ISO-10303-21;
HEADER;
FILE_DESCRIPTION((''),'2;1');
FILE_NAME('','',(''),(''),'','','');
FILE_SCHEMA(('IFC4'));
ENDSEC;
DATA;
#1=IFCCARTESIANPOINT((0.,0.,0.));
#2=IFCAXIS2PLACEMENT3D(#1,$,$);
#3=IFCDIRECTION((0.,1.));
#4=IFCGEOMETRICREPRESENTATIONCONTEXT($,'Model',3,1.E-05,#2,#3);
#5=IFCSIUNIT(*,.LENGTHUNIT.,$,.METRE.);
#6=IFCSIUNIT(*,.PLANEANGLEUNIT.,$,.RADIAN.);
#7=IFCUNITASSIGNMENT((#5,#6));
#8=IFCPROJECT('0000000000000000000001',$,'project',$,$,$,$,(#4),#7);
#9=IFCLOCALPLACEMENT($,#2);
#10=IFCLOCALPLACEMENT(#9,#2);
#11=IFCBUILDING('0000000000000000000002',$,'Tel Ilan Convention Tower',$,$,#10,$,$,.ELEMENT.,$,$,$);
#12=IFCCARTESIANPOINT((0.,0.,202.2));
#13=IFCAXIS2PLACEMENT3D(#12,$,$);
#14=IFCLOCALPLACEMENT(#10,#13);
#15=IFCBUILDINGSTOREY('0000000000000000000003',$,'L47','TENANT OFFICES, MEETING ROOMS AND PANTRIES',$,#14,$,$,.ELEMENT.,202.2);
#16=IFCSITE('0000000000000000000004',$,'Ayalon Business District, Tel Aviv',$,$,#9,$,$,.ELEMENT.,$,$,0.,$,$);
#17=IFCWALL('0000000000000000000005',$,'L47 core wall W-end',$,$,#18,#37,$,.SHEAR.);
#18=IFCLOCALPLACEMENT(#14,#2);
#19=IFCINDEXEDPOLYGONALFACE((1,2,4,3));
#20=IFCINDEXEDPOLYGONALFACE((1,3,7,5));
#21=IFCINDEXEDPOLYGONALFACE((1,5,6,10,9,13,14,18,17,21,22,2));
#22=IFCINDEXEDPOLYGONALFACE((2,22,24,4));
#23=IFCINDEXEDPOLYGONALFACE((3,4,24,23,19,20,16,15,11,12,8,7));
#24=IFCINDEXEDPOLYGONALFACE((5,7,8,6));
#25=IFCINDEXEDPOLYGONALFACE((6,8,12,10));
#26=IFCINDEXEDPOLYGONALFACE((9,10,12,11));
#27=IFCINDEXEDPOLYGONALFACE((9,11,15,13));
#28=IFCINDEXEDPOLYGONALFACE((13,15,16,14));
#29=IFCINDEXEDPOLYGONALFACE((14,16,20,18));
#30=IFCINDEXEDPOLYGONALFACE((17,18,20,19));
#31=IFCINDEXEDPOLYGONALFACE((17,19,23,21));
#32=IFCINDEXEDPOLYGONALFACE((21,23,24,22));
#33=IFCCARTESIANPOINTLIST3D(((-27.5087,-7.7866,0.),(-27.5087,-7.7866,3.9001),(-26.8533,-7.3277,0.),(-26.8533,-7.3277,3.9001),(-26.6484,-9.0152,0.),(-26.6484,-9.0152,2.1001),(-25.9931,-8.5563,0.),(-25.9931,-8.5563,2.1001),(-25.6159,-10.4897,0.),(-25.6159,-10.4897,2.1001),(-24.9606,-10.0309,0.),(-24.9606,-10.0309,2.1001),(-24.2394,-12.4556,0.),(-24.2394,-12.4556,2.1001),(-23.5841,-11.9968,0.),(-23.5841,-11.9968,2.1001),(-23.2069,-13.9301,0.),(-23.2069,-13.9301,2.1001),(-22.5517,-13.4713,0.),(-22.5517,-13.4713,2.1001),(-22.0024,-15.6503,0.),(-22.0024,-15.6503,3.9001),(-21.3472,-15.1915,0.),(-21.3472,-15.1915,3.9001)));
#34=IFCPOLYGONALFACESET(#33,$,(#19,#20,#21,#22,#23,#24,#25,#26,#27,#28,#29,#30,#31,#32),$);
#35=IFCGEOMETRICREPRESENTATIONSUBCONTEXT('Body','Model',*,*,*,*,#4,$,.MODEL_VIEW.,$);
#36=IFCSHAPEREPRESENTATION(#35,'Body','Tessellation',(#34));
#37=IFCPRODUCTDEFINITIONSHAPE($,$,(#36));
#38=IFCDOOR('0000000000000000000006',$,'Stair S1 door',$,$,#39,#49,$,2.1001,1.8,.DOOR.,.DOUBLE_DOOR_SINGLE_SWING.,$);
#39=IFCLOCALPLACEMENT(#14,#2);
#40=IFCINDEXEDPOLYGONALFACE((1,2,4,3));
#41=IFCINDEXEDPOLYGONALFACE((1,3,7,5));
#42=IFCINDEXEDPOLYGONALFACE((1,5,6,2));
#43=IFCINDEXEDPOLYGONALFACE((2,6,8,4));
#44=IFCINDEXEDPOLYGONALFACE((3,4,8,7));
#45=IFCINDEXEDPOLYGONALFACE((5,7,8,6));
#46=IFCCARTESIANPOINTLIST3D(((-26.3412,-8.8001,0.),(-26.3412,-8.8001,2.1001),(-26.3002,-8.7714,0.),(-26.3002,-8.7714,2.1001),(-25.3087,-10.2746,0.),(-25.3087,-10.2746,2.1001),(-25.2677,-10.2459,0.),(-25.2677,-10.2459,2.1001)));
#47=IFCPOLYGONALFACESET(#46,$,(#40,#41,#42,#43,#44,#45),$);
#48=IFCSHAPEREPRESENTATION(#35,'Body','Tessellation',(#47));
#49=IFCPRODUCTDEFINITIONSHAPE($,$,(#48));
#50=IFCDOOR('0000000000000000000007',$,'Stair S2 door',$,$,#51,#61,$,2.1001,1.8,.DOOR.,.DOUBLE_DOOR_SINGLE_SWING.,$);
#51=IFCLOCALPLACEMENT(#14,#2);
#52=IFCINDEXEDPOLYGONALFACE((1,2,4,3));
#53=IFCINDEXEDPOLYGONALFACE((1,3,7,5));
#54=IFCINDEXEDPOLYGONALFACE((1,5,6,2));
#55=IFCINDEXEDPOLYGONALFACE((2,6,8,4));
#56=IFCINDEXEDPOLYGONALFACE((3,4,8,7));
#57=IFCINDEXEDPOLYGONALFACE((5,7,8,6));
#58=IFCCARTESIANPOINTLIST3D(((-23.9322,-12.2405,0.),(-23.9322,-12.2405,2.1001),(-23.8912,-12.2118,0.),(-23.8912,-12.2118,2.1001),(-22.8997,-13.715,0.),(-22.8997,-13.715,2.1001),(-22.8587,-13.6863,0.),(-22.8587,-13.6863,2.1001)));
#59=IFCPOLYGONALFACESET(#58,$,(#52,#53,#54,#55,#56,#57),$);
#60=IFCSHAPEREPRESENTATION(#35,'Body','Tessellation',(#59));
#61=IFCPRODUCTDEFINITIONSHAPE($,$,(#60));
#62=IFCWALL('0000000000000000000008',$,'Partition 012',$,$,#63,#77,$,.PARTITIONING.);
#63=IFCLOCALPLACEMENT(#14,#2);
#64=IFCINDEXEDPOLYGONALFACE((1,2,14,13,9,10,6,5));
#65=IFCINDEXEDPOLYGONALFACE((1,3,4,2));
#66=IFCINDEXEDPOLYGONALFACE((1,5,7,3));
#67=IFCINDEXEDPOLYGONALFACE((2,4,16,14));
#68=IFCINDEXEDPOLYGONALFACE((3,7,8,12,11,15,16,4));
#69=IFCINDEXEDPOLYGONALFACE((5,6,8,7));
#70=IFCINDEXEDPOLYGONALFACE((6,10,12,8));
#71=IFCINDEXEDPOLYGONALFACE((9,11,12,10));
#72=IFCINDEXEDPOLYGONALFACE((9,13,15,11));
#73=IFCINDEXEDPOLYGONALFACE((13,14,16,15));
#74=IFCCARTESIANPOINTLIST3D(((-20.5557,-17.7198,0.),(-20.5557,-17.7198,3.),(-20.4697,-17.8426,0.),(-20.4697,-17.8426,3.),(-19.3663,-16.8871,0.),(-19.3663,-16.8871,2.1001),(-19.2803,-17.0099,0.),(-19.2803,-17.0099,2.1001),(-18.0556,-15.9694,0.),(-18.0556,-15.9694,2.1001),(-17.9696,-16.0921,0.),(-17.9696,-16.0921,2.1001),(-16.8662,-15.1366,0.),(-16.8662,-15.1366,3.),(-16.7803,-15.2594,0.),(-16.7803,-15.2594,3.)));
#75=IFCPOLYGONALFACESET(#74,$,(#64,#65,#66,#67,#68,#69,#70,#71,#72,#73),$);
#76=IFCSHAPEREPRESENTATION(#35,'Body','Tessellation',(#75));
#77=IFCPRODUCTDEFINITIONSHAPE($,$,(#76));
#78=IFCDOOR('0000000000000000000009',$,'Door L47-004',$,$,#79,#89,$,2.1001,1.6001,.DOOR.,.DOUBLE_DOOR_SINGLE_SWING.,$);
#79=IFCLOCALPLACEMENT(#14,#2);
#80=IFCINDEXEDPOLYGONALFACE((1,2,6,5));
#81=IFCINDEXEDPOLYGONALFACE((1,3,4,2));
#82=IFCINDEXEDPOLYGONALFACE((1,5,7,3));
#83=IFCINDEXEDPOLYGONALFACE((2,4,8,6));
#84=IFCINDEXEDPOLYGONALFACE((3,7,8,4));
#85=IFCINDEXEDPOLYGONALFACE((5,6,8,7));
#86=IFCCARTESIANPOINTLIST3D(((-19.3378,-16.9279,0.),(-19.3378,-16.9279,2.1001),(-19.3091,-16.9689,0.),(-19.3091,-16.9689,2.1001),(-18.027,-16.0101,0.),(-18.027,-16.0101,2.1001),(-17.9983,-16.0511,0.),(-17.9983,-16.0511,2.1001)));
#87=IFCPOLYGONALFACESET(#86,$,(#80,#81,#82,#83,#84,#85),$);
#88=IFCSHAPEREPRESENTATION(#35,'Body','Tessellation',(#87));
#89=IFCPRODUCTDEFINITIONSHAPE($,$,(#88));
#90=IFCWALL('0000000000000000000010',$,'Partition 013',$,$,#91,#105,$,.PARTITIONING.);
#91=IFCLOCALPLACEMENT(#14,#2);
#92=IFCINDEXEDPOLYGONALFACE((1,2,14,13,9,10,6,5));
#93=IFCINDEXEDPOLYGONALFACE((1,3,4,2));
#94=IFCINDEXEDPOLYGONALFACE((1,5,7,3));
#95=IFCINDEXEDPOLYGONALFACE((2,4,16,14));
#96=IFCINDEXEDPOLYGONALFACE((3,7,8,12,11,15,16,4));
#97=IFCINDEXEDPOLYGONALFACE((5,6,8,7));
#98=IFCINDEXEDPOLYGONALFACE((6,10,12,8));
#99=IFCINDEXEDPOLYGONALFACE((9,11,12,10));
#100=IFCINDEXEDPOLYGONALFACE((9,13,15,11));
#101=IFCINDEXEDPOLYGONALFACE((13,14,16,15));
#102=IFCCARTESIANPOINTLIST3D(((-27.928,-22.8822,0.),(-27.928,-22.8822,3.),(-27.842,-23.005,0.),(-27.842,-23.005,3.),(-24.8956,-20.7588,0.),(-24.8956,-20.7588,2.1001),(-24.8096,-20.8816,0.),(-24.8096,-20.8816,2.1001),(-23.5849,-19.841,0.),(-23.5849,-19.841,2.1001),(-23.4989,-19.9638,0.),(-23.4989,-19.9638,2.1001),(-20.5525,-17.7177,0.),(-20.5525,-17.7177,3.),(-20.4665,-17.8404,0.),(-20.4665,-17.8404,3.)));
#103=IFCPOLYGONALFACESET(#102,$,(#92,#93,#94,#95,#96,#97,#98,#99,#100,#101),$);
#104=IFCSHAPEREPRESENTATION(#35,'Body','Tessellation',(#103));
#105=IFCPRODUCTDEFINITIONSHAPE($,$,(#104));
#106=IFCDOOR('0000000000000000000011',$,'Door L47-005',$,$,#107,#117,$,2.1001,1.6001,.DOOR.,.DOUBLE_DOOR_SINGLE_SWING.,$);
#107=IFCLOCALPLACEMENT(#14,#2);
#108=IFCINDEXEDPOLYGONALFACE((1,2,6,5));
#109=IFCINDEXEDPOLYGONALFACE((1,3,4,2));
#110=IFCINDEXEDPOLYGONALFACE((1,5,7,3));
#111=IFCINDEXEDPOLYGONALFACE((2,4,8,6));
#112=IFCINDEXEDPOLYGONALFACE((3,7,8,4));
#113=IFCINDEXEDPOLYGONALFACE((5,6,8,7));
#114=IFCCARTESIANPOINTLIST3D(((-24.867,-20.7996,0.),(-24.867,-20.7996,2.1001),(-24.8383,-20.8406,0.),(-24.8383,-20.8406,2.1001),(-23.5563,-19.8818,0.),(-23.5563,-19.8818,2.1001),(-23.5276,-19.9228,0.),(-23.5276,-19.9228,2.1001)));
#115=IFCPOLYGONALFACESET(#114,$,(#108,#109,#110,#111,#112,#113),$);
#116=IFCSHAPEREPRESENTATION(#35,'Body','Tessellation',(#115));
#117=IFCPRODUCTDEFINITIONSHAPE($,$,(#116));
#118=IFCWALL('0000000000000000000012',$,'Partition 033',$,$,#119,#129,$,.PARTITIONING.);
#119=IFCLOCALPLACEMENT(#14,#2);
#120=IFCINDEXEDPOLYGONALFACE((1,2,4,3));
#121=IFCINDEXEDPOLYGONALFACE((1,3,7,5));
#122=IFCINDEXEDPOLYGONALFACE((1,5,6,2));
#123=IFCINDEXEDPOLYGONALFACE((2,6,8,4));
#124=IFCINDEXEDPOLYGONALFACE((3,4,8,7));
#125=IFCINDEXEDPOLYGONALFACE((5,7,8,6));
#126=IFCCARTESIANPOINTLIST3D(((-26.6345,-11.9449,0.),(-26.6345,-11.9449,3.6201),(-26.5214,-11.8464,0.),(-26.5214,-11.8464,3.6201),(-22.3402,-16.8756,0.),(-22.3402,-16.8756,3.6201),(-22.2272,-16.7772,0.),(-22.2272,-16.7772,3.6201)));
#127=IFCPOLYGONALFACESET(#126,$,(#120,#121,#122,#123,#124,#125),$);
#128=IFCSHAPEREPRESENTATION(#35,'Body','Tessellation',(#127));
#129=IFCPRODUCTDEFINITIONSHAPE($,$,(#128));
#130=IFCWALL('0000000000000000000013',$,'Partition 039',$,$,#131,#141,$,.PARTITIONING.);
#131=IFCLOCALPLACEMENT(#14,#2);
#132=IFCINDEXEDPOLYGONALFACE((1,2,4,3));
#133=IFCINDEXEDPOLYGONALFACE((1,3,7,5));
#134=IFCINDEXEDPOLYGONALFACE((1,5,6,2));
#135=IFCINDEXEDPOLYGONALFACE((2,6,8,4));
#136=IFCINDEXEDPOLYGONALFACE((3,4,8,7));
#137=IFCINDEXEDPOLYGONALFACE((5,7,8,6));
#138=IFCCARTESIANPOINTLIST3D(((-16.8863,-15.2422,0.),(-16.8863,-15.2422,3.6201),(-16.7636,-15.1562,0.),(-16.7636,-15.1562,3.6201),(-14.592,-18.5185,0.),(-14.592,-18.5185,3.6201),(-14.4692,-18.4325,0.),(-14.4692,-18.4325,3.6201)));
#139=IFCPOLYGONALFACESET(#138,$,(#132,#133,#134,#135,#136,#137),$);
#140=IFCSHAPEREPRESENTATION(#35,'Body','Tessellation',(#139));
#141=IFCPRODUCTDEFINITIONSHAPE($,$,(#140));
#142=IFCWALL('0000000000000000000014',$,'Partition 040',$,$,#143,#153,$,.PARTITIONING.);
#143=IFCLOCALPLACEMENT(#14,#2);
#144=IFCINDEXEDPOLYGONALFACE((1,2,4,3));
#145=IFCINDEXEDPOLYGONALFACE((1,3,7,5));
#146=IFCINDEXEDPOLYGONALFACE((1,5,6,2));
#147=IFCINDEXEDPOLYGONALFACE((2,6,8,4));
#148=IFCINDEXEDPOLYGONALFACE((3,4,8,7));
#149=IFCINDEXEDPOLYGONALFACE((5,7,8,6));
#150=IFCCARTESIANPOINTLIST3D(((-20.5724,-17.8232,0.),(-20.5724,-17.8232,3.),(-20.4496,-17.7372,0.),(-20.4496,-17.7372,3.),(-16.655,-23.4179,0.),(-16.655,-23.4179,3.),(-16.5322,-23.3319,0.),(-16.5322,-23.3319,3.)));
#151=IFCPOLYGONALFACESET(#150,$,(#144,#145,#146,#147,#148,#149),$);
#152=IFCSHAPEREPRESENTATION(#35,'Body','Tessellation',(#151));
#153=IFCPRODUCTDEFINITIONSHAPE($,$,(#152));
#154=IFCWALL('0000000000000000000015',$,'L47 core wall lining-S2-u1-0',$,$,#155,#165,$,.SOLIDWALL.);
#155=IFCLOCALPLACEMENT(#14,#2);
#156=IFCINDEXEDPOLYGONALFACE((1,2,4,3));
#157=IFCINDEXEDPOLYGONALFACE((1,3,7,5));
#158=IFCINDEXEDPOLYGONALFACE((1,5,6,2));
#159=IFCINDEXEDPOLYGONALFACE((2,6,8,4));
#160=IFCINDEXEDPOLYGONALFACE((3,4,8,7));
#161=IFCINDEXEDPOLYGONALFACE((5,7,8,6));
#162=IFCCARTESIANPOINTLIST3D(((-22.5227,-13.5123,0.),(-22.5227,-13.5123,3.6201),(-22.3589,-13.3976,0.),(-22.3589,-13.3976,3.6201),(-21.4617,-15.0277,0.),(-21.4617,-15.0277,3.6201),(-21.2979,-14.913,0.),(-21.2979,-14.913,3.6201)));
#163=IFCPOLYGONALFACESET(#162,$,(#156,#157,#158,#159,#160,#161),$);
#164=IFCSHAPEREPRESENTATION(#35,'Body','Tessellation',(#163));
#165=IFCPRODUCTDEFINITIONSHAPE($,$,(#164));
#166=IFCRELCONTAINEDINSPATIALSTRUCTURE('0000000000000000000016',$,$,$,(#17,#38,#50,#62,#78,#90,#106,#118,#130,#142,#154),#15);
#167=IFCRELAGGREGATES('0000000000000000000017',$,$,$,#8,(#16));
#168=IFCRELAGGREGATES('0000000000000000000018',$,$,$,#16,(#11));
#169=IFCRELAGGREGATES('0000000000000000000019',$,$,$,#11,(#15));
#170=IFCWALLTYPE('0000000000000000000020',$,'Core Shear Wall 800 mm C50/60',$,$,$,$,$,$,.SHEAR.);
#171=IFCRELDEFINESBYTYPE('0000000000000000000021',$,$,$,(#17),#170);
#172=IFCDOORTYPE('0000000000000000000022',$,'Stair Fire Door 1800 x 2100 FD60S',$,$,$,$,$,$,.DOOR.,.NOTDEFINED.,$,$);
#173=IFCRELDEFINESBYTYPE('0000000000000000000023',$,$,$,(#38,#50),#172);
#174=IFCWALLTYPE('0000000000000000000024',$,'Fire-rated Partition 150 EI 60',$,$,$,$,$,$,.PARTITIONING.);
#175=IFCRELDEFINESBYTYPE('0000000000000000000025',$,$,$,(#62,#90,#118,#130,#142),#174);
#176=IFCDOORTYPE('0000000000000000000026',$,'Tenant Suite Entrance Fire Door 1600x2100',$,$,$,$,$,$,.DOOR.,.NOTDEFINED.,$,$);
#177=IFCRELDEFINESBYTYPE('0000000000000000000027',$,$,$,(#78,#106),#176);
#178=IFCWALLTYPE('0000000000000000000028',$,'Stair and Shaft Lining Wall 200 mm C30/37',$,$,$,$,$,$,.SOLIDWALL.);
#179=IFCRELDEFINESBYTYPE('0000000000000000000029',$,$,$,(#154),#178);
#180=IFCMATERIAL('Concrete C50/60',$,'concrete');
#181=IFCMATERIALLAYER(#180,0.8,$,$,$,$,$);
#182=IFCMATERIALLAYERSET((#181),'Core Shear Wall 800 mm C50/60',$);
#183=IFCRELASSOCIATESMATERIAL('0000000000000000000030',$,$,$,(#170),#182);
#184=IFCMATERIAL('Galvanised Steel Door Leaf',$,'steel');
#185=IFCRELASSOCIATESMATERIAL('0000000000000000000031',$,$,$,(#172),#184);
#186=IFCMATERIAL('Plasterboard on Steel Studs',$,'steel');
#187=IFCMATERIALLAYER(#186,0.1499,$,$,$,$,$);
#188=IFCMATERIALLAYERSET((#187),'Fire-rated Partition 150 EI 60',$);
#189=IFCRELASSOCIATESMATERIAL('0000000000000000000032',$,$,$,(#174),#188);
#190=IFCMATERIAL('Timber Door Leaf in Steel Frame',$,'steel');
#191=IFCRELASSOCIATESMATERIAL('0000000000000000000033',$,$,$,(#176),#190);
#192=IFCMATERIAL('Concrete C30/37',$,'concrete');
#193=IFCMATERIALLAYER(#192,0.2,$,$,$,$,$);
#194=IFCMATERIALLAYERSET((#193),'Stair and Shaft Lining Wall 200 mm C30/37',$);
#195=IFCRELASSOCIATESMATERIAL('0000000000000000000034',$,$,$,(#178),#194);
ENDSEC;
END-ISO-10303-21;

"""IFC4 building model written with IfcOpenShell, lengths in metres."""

from ifc_helpers import new_model, si_unit, direction, frame, frame_2d, origin, place, context, subcontext, project, spatial, polyline, rectangle, outline, extrude, material, layer, layer_set, type_object, element, fill, save


model = new_model("IFC4")

# Units and contexts
model_context = context("Model", 3, precision=1e-05, world=origin(), true_north=direction((0.0, 1.0)))
body_context = subcontext(model_context, "Body", "Model", "MODEL_VIEW")
ifc_project = project(units=[si_unit("LENGTHUNIT", "METRE"), si_unit("PLANEANGLEUNIT", "RADIAN")], contexts=[model_context])

# Site, building, storey
site_placement = place(None, origin())
site = spatial("IfcSite", under=ifc_project, at=site_placement, Name="Ayalon Business District, Tel Aviv", CompositionType="ELEMENT", RefElevation=0.0)
building_placement = place(site_placement, origin())
building = spatial("IfcBuilding", under=site, at=building_placement, Name="Tel Ilan Convention Tower", CompositionType="ELEMENT")
storey_placement = place(building_placement, frame((0.0, 0.0, 202.2)))
storey = spatial("IfcBuildingStorey", under=building, at=storey_placement, Name="L47", Description="TENANT OFFICES, MEETING ROOMS AND PANTRIES", CompositionType="ELEMENT", Elevation=202.2)

# Wall, openings, doors
ifc_material_1 = material(Name="Concrete C50/60", Category="concrete")
ifc_layer_1 = layer(ifc_material_1, 0.8)
ifc_layer_set_1 = layer_set([ifc_layer_1], Name="Core Shear Wall 800 mm C50/60")
wall_type_1 = type_object("IfcWallType", Name="Core Shear Wall 800 mm C50/60", PredefinedType="SHEAR", material=ifc_layer_set_1)
wall_1_placement = place(storey_placement, frame((-21.6748, -15.4209, 0.0), z_axis=(0.0, 0.0, 1.0), x_axis=(-0.573582, 0.819148, 0.0)))
wall_1 = element("IfcWall", 1, at=wall_1_placement, inside=storey, type_object=wall_type_1, Name="L47 core wall W-end", PredefinedType="SHEAR", context=body_context, shape_type="SweptSolid", body=[
    extrude(outline(polyline([(0.0, 0.3999), (0.0, -0.3999), (9.5999, -0.4001), (9.5999, 0.3999), (0.0, 0.3999)])), origin(), (0.0, 0.0, 1.0), 3.9001),
])
opening_1_placement = place(wall_1_placement, frame((6.3, 0.0, 0.0)))
opening_1 = element("IfcOpeningElement", 2, at=opening_1_placement, cuts=wall_1, PredefinedType="OPENING", context=body_context, shape_type="SweptSolid", body=[
    extrude(rectangle(XDim=1.8, YDim=2.1001, at=frame_2d((0.8999, 1.05))), frame((0.0, 0.4099, 0.0), z_axis=(0.0, -1.0, 0.0), x_axis=(1.0, 0.0, 0.0)), (0.0, 0.0, 1.0), 0.8201),
])
opening_2_placement = place(wall_1_placement, frame((2.1001, 0.0, 0.0)))
opening_2 = element("IfcOpeningElement", 3, at=opening_2_placement, cuts=wall_1, PredefinedType="OPENING", context=body_context, shape_type="SweptSolid", body=[
    extrude(rectangle(XDim=1.8, YDim=2.1001, at=frame_2d((0.8999, 1.05))), frame((0.0, 0.4099, 0.0), z_axis=(0.0, -1.0, 0.0), x_axis=(1.0, 0.0, 0.0)), (0.0, 0.0, 1.0), 0.8201),
])
ifc_material_2 = material(Name="Galvanised Steel Door Leaf", Category="steel")
door_type_1 = type_object("IfcDoorType", Name="Stair Fire Door 1800 x 2100 FD60S", OperationType="NOTDEFINED", PredefinedType="DOOR", material=ifc_material_2)
door_1_placement = place(opening_1_placement, origin())
door_1 = element("IfcDoor", 4, at=door_1_placement, inside=storey, type_object=door_type_1, Name="Stair S1 door", OperationType="DOUBLE_DOOR_SINGLE_SWING", OverallHeight=2.1001, OverallWidth=1.8, PredefinedType="DOOR", context=body_context, shape_type="SweptSolid", body=[
    extrude(rectangle(XDim=1.8, YDim=2.1001, at=frame_2d((0.8999, 1.05))), frame((0.0, 0.0249, 0.0), z_axis=(0.0, -1.0, 0.0), x_axis=(1.0, 0.0, 0.0)), (0.0, 0.0, 1.0), 0.05),
])
fill(opening_1, door_1)
door_2_placement = place(opening_2_placement, origin())
door_2 = element("IfcDoor", 5, at=door_2_placement, inside=storey, type_object=door_type_1, Name="Stair S2 door", OperationType="DOUBLE_DOOR_SINGLE_SWING", OverallHeight=2.1001, OverallWidth=1.8, PredefinedType="DOOR", context=body_context, shape_type="SweptSolid", body=[
    extrude(rectangle(XDim=1.8, YDim=2.1001, at=frame_2d((0.8999, 1.05))), frame((0.0, 0.0249, 0.0), z_axis=(0.0, -1.0, 0.0), x_axis=(1.0, 0.0, 0.0)), (0.0, 0.0, 1.0), 0.05),
])
fill(opening_2, door_2)

# Walls, openings, doors
ifc_material_3 = material(Name="Plasterboard on Steel Studs", Category="steel")
ifc_layer_2 = layer(ifc_material_3, 0.1499)
ifc_layer_set_2 = layer_set([ifc_layer_2], Name="Fire-rated Partition 150 EI 60")
wall_type_2 = type_object("IfcWallType", Name="Fire-rated Partition 150 EI 60", PredefinedType="PARTITIONING", material=ifc_layer_set_2)
wall_2_placement = place(storey_placement, frame((-16.8232, -15.198, 0.0), z_axis=(0.0, 0.0, 1.0), x_axis=(-0.819166, -0.573557, 0.0)))
wall_2 = element("IfcWall", 6, at=wall_2_placement, inside=storey, type_object=wall_type_2, Name="Partition 012", PredefinedType="PARTITIONING", context=body_context, shape_type="SweptSolid", body=[
    extrude(rectangle(XDim=4.5039, YDim=0.1499, at=frame_2d((2.252, 0.0))), origin(), (0.0, 0.0, 1.0), 3.0),
])
opening_3_placement = place(wall_2_placement, frame((1.4519, 0.0, 0.0)))
opening_3 = element("IfcOpeningElement", 7, at=opening_3_placement, cuts=wall_2, PredefinedType="OPENING", context=body_context, shape_type="SweptSolid", body=[
    extrude(rectangle(XDim=1.6001, YDim=2.1001, at=frame_2d((0.8, 1.05))), frame((0.0, 0.085, 0.0), z_axis=(0.0, -1.0, 0.0), x_axis=(1.0, 0.0, 0.0)), (0.0, 0.0, 1.0), 0.1699),
])
ifc_material_4 = material(Name="Timber Door Leaf in Steel Frame", Category="steel")
door_type_2 = type_object("IfcDoorType", Name="Tenant Suite Entrance Fire Door 1600x2100", OperationType="NOTDEFINED", PredefinedType="DOOR", material=ifc_material_4)
door_3_placement = place(opening_3_placement, origin())
door_3 = element("IfcDoor", 8, at=door_3_placement, inside=storey, type_object=door_type_2, Name="Door L47-004", OperationType="DOUBLE_DOOR_SINGLE_SWING", OverallHeight=2.1001, OverallWidth=1.6001, PredefinedType="DOOR", context=body_context, shape_type="SweptSolid", body=[
    extrude(rectangle(XDim=1.6001, YDim=2.1001, at=frame_2d((0.8, 1.05))), frame((0.0, 0.0249, 0.0), z_axis=(0.0, -1.0, 0.0), x_axis=(1.0, 0.0, 0.0)), (0.0, 0.0, 1.0), 0.05),
])
fill(opening_3, door_3)
wall_3_placement = place(storey_placement, frame((-20.5095, -17.7791, 0.0), z_axis=(0.0, 0.0, 1.0), x_axis=(-0.819143, -0.57359, 0.0)))
wall_3 = element("IfcWall", 9, at=wall_3_placement, inside=storey, type_object=wall_type_2, Name="Partition 013", PredefinedType="PARTITIONING", context=body_context, shape_type="SweptSolid", body=[
    extrude(rectangle(XDim=9.0039, YDim=0.1499, at=frame_2d((4.502, 0.0))), origin(), (0.0, 0.0, 1.0), 3.0),
])
opening_4_placement = place(wall_3_placement, frame((3.7019, 0.0, 0.0)))
opening_4 = element("IfcOpeningElement", 10, at=opening_4_placement, cuts=wall_3, PredefinedType="OPENING", context=body_context, shape_type="SweptSolid", body=[
    extrude(rectangle(XDim=1.6001, YDim=2.1001, at=frame_2d((0.8, 1.05))), frame((0.0, 0.085, 0.0), z_axis=(0.0, -1.0, 0.0), x_axis=(1.0, 0.0, 0.0)), (0.0, 0.0, 1.0), 0.1699),
])
door_4_placement = place(opening_4_placement, origin())
door_4 = element("IfcDoor", 11, at=door_4_placement, inside=storey, type_object=door_type_2, Name="Door L47-005", OperationType="DOUBLE_DOOR_SINGLE_SWING", OverallHeight=2.1001, OverallWidth=1.6001, PredefinedType="DOOR", context=body_context, shape_type="SweptSolid", body=[
    extrude(rectangle(XDim=1.6001, YDim=2.1001, at=frame_2d((0.8, 1.05))), frame((0.0, 0.0249, 0.0), z_axis=(0.0, -1.0, 0.0), x_axis=(1.0, 0.0, 0.0)), (0.0, 0.0, 1.0), 0.05),
])
fill(opening_4, door_4)

# Walls
wall_4_placement = place(storey_placement, frame((-22.2837, -16.8264, 0.0), z_axis=(0.0, 0.0, 1.0), x_axis=(-0.656758, 0.754101, 0.0)))
element("IfcWall", 12, at=wall_4_placement, inside=storey, type_object=wall_type_2, Name="Partition 033", PredefinedType="PARTITIONING", context=body_context, shape_type="SweptSolid", body=[
    extrude(rectangle(XDim=6.5386, YDim=0.1499, at=frame_2d((3.2693, 0.0))), origin(), (0.0, 0.0, 1.0), 3.6201),
])
wall_5_placement = place(storey_placement, frame((-14.5305, -18.4756, 0.0), z_axis=(0.0, 0.0, 1.0), x_axis=(-0.573626, 0.819117, 0.0)))
element("IfcWall", 13, at=wall_5_placement, inside=storey, type_object=wall_type_2, Name="Partition 039", PredefinedType="PARTITIONING", context=body_context, shape_type="SweptSolid", body=[
    extrude(rectangle(XDim=3.9998, YDim=0.1499, at=frame_2d((2.0, 0.0))), origin(), (0.0, 0.0, 1.0), 3.6201),
])
wall_6_placement = place(storey_placement, frame((-16.5935, -23.375, 0.0), z_axis=(0.0, 0.0, 1.0), x_axis=(-0.573577, 0.819151, 0.0)))
element("IfcWall", 14, at=wall_6_placement, inside=storey, type_object=wall_type_2, Name="Partition 040", PredefinedType="PARTITIONING", context=body_context, shape_type="SweptSolid", body=[
    extrude(rectangle(XDim=6.8298, YDim=0.1499, at=frame_2d((3.415, 0.0))), origin(), (0.0, 0.0, 1.0), 3.0),
])
ifc_material_5 = material(Name="Concrete C30/37", Category="concrete")
ifc_layer_3 = layer(ifc_material_5, 0.2)
ifc_layer_set_3 = layer_set([ifc_layer_3], Name="Stair and Shaft Lining Wall 200 mm C30/37")
wall_type_3 = type_object("IfcWallType", Name="Stair and Shaft Lining Wall 200 mm C30/37", PredefinedType="SOLIDWALL", material=ifc_layer_set_3)
wall_7_placement = place(storey_placement, frame((-21.3799, -14.9702, 0.0), z_axis=(0.0, 0.0, 1.0), x_axis=(-0.57356, 0.819164, 0.0)))
element("IfcWall", 15, at=wall_7_placement, inside=storey, type_object=wall_type_3, Name="L47 core wall lining-S2-u1-0", PredefinedType="SOLIDWALL", context=body_context, shape_type="SweptSolid", body=[
    extrude(rectangle(XDim=1.8499, YDim=0.2, at=frame_2d((0.9248, 0.0))), origin(), (0.0, 0.0, 1.0), 3.6201),
])

save(model, "model.ifc")
